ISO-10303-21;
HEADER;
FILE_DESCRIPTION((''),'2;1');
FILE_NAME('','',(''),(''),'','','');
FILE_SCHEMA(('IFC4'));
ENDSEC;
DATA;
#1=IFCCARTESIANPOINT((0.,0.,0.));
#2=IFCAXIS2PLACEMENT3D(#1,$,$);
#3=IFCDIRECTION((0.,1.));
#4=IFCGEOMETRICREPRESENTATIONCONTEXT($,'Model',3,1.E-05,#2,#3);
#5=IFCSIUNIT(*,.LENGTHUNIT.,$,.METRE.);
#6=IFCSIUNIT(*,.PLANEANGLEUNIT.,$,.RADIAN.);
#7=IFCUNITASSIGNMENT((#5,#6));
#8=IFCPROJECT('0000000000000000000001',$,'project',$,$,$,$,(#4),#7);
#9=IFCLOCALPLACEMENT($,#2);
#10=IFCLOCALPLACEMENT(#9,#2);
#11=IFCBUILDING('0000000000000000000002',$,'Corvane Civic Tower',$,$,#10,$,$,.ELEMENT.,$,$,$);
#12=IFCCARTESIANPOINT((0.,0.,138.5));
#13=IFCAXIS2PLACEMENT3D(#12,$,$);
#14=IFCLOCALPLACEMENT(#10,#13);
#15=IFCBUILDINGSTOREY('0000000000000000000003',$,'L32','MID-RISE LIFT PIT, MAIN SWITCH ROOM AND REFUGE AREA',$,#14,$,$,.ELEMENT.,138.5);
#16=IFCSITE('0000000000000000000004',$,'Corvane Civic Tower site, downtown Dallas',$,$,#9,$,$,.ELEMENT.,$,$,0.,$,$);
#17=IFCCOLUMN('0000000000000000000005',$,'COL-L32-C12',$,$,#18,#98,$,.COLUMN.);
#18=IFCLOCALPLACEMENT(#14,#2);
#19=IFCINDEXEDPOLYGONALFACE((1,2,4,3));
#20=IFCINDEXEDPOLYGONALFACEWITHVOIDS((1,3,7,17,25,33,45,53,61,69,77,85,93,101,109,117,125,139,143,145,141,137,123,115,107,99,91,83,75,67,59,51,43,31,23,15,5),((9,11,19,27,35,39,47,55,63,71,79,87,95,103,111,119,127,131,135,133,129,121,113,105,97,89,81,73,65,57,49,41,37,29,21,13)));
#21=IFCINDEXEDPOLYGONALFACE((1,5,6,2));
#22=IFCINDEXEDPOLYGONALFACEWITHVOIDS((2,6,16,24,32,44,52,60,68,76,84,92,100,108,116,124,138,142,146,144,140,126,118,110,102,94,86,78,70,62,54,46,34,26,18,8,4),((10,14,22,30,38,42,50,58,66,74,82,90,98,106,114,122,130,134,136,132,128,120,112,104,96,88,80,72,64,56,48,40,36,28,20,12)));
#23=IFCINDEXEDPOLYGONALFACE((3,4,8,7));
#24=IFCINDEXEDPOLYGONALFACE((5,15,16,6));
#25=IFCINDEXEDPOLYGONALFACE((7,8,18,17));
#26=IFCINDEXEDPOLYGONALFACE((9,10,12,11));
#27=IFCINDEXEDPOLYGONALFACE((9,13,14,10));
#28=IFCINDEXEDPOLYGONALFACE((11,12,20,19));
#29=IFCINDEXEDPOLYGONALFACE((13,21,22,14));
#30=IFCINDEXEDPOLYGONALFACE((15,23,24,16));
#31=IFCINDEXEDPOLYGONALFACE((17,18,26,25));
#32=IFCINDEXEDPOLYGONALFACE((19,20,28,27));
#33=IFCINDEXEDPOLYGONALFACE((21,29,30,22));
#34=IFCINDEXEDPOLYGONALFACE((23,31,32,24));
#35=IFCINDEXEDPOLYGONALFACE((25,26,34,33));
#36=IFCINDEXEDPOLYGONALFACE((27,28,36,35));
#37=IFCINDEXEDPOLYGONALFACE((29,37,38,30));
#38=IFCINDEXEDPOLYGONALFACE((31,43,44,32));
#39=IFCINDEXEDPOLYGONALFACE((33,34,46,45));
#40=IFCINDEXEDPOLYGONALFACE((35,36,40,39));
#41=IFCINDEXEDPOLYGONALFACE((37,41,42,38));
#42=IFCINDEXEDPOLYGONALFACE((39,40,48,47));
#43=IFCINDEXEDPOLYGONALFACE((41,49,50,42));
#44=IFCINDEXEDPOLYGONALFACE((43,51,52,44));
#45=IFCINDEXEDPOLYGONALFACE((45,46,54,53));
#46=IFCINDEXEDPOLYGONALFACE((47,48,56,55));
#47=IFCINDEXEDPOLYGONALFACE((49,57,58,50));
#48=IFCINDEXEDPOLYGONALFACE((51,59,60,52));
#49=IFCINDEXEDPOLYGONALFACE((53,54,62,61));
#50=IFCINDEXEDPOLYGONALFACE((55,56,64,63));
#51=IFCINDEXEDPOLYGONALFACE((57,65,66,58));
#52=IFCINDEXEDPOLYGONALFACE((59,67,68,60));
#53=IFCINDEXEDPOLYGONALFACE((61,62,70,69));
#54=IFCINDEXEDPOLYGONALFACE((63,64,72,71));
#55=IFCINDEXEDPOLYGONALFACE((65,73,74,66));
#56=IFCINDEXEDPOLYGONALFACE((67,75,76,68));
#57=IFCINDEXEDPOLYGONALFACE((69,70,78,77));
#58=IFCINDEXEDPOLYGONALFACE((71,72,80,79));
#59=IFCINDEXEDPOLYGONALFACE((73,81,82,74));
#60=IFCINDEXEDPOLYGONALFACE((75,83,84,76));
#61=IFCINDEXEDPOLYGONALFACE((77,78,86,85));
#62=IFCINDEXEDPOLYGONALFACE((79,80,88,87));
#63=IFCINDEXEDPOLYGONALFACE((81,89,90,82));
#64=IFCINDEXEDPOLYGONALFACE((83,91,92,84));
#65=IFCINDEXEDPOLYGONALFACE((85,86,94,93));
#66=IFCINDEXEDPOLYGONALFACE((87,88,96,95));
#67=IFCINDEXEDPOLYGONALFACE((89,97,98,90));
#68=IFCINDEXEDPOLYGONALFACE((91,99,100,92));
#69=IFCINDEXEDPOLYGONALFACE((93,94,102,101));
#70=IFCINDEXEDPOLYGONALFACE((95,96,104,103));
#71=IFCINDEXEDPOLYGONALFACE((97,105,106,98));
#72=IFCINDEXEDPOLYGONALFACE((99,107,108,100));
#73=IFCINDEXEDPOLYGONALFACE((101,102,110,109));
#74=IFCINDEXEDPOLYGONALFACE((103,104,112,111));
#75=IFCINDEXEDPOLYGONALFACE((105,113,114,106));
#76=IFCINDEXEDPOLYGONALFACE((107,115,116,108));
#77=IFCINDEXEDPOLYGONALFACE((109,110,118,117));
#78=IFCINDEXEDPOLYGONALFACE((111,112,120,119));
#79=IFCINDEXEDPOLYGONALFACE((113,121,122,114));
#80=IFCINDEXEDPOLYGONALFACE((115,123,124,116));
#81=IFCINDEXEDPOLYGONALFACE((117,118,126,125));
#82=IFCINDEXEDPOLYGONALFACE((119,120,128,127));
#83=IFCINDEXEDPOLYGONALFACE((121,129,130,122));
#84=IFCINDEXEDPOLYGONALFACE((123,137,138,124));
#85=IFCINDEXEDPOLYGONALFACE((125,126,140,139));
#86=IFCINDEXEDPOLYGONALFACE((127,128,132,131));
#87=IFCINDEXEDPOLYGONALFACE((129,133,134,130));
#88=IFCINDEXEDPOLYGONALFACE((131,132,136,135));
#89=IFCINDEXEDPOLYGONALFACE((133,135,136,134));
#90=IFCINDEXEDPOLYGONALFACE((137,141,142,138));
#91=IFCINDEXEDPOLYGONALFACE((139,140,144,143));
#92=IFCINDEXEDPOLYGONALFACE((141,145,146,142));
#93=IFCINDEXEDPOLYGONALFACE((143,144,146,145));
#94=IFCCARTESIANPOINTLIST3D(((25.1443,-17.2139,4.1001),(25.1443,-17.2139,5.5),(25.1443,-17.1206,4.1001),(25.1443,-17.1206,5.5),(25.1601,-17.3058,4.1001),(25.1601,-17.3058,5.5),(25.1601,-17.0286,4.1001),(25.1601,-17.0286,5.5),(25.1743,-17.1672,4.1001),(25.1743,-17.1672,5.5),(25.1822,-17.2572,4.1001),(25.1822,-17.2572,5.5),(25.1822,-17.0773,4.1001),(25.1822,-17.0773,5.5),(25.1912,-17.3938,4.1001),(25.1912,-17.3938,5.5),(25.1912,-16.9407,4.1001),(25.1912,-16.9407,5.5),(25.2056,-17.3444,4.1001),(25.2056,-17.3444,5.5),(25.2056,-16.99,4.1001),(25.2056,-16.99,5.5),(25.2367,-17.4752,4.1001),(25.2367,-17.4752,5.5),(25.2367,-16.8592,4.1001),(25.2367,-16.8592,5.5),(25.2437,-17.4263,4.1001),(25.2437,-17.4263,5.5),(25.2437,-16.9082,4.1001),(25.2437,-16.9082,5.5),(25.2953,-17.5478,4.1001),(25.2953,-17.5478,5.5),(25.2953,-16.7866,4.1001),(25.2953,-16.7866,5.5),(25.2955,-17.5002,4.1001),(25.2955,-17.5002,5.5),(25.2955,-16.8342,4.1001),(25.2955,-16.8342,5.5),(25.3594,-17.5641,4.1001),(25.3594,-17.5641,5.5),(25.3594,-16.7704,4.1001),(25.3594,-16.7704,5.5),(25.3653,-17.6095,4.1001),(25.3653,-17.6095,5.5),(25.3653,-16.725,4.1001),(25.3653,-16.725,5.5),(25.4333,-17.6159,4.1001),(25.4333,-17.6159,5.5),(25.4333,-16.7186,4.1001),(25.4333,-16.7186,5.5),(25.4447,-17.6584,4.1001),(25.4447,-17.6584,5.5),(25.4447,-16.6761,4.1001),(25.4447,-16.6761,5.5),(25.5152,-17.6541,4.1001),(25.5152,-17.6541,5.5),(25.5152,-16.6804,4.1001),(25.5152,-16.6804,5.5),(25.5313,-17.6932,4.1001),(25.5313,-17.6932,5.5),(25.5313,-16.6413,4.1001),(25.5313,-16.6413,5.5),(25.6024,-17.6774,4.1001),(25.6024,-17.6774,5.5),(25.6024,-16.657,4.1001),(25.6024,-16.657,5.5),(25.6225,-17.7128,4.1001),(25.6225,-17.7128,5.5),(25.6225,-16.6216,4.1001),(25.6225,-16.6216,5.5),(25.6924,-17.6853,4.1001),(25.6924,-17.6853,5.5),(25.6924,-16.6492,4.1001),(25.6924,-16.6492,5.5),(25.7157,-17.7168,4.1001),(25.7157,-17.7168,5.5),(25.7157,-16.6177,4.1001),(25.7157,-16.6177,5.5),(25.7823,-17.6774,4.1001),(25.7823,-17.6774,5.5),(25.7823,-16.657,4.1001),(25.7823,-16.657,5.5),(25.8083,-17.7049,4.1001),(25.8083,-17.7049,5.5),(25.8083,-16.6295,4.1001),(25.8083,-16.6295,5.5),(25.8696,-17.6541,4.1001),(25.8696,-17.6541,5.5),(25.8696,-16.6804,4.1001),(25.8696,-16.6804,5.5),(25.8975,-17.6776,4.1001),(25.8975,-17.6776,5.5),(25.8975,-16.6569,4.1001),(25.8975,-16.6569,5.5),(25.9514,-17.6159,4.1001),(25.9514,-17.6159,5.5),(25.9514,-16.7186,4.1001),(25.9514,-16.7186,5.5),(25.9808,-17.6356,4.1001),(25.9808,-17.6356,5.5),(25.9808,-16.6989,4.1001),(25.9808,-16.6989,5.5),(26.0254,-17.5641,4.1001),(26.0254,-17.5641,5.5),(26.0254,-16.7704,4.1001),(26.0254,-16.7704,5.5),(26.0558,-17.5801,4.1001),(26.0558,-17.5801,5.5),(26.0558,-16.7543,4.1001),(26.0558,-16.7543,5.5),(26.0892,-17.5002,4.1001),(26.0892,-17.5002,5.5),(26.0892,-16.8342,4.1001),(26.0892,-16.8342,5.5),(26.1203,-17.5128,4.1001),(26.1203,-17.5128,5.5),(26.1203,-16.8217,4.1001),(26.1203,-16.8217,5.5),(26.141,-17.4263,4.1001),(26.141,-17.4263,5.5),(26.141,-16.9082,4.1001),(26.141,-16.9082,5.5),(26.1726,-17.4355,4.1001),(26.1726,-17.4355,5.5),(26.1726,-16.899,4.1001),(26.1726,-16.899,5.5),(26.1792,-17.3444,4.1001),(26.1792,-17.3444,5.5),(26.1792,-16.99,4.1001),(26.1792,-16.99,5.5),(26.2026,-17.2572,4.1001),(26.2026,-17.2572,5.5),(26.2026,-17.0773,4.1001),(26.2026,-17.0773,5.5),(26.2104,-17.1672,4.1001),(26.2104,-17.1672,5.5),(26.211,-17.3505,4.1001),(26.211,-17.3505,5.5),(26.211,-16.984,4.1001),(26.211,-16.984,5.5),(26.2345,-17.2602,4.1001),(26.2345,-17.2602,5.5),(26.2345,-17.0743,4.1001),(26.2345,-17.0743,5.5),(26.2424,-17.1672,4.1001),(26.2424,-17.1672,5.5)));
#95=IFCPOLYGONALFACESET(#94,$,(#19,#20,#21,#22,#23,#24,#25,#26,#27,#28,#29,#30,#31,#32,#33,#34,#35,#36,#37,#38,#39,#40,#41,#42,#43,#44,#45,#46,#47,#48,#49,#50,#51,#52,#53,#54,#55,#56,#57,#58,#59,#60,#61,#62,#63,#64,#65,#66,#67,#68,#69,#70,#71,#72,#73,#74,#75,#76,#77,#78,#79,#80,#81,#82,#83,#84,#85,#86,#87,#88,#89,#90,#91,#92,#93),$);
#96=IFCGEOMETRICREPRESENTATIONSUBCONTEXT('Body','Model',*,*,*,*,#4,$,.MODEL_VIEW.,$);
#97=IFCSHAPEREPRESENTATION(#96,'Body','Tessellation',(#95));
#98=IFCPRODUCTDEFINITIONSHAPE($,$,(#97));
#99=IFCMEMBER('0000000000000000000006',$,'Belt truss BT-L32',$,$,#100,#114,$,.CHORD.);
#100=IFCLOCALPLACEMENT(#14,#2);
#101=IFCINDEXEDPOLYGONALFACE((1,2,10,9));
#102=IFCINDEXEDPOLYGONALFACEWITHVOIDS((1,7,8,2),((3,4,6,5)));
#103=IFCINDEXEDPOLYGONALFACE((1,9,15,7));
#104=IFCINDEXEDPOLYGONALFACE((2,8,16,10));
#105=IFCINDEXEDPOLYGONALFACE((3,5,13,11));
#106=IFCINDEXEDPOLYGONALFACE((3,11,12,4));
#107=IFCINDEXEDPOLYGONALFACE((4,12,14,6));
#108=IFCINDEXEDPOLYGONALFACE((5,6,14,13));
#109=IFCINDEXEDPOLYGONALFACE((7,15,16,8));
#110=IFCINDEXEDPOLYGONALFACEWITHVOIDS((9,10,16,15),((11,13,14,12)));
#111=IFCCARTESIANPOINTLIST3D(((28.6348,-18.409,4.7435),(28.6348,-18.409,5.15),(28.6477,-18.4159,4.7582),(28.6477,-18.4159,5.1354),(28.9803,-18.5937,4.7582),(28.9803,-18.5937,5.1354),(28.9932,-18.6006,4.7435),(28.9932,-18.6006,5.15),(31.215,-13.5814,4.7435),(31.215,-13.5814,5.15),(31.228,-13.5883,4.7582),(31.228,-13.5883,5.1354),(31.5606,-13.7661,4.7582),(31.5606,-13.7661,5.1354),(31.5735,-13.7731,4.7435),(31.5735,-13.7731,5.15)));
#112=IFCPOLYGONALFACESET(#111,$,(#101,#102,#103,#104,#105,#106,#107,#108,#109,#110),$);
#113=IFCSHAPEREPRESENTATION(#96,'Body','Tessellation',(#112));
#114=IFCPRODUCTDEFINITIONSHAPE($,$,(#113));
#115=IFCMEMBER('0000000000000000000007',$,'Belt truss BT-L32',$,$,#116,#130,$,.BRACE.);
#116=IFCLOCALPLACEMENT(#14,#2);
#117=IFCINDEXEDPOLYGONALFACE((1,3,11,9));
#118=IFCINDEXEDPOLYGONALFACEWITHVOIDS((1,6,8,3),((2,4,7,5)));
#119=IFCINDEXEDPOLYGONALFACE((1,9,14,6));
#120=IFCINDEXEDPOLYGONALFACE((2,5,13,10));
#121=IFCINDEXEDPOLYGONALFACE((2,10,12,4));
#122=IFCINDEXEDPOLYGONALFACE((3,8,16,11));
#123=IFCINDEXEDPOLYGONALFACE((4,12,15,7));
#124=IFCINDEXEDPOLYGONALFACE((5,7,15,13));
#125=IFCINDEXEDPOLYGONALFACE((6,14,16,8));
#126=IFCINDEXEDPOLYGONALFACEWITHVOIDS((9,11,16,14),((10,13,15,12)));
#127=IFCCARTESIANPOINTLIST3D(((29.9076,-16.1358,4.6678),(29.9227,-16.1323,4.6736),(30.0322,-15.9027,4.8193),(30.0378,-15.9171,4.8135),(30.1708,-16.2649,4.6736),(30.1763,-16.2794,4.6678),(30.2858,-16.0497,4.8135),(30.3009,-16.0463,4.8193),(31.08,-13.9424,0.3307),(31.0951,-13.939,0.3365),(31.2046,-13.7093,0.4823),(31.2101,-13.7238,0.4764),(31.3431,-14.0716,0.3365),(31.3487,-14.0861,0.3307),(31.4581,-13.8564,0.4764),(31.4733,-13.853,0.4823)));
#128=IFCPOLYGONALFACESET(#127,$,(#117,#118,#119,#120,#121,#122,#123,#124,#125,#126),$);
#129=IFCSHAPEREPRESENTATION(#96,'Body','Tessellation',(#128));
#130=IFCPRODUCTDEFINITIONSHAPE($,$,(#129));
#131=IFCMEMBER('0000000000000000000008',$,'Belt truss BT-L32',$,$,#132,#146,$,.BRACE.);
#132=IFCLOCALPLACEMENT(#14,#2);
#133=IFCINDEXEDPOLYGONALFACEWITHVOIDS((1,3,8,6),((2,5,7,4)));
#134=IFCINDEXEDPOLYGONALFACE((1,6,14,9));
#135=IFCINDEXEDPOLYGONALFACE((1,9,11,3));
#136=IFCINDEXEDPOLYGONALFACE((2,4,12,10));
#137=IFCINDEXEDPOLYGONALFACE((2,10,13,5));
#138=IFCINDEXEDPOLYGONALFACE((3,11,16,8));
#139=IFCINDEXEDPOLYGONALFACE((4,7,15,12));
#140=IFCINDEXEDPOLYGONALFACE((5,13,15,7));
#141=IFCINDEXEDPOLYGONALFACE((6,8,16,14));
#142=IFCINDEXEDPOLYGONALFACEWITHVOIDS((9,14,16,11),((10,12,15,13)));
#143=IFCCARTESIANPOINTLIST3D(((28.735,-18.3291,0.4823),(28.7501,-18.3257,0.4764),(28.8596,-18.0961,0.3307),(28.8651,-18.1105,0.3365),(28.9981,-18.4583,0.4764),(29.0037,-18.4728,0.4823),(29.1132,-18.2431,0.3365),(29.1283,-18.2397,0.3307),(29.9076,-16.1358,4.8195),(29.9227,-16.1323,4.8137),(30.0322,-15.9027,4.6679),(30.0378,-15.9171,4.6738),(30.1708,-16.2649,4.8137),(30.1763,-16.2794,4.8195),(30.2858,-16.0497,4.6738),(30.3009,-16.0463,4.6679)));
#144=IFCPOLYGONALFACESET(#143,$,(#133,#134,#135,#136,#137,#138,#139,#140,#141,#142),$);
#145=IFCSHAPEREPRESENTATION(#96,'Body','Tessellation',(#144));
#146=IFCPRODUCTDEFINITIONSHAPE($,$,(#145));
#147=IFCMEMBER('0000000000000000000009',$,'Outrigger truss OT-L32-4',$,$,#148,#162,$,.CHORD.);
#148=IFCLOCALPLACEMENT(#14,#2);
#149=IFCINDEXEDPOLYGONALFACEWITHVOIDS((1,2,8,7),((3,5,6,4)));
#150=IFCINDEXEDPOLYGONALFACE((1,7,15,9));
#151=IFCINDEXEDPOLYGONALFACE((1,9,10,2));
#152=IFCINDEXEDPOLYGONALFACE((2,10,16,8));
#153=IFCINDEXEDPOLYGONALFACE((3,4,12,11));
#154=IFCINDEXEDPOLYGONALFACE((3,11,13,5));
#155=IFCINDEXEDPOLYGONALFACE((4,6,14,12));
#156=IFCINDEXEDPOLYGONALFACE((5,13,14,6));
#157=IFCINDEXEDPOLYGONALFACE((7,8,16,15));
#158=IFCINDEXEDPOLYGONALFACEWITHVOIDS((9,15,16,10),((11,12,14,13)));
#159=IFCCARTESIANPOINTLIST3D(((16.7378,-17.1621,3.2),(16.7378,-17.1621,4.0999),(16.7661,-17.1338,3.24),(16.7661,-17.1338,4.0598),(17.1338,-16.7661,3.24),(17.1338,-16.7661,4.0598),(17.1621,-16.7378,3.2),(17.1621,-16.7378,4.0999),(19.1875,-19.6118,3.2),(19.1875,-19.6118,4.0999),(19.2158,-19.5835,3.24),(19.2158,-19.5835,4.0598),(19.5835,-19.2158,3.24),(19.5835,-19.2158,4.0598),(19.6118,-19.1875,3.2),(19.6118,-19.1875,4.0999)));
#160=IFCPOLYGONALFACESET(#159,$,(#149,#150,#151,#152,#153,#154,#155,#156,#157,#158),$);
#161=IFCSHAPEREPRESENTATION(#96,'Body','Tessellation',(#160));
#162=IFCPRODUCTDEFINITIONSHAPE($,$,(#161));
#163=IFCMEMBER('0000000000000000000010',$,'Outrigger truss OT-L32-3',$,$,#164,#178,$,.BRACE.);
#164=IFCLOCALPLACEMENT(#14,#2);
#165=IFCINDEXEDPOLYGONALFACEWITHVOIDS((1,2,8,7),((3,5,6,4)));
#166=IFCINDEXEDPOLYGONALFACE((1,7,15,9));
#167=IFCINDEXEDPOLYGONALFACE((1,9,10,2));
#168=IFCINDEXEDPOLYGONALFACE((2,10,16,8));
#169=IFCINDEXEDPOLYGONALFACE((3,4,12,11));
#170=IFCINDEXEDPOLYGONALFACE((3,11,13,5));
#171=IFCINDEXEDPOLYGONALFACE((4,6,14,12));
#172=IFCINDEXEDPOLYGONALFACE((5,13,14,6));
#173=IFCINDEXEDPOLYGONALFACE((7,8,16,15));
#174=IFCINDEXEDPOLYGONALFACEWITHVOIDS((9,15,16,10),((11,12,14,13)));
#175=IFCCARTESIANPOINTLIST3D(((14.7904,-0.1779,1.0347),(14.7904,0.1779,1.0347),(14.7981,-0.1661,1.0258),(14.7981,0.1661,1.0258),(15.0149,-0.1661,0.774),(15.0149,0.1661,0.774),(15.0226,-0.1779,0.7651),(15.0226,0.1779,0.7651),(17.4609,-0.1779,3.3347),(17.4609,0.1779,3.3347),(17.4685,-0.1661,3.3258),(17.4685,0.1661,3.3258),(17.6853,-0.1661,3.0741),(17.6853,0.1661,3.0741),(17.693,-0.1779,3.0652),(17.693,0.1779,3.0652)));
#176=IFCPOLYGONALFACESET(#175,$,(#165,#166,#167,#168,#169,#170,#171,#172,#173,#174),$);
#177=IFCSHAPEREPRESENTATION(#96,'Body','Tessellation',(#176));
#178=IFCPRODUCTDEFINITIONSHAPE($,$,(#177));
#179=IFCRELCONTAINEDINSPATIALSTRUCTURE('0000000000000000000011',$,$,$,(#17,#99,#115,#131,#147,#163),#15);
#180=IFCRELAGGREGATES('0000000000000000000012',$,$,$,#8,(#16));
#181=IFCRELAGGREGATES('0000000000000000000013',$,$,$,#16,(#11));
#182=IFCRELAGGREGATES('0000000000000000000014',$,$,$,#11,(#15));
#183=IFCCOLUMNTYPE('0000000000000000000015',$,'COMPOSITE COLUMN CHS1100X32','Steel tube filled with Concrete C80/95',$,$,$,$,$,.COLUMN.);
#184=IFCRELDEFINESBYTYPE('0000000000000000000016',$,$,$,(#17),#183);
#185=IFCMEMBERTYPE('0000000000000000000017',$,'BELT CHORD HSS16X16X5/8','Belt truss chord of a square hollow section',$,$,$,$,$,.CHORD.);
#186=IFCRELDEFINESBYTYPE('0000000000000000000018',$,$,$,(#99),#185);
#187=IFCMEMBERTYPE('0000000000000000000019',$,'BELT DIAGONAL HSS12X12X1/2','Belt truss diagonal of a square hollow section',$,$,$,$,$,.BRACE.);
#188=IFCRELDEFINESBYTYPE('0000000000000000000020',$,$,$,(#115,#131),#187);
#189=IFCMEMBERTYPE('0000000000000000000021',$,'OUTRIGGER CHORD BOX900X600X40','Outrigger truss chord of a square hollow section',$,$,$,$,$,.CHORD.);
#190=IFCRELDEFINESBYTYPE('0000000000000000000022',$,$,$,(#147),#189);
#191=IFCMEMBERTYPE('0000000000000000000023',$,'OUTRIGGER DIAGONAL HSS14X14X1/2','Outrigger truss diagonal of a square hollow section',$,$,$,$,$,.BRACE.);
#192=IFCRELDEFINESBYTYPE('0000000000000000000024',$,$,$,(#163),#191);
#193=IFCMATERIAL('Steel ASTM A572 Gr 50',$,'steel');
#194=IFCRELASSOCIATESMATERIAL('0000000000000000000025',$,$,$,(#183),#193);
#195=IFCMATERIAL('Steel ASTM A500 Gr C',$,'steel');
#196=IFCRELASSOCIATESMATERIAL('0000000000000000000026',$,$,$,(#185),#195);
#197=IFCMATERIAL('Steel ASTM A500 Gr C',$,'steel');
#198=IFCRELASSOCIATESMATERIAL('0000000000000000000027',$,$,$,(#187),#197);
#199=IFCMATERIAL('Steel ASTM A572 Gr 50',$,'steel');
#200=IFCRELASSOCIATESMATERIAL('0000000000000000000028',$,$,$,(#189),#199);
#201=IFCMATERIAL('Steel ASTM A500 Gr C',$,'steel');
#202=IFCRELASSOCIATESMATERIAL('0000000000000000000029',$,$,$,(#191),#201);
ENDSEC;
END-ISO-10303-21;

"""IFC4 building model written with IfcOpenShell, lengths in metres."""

from ifc_helpers import new_model, si_unit, direction, frame, origin, origin_2d, place, context, subcontext, project, spatial, hollow_rectangle, hollow_circle, extrude, material, material_profile, profile_set, type_object, element, save


model = new_model("IFC4")

# Units and contexts
model_context = context("Model", 3, precision=1e-05, world=origin(), true_north=direction((0.0, 1.0)))
body_context = subcontext(model_context, "Body", "Model", "MODEL_VIEW")
ifc_project = project(units=[si_unit("LENGTHUNIT", "METRE"), si_unit("PLANEANGLEUNIT", "RADIAN")], contexts=[model_context])

# Site, building, storey
site_placement = place(None, origin())
site = spatial("IfcSite", under=ifc_project, at=site_placement, Name="Corvane Civic Tower site, downtown Dallas", CompositionType="ELEMENT", RefElevation=0.0)
building_placement = place(site_placement, origin())
building = spatial("IfcBuilding", under=site, at=building_placement, Name="Corvane Civic Tower", CompositionType="ELEMENT")
storey_placement = place(building_placement, frame((0.0, 0.0, 138.5)))
storey = spatial("IfcBuildingStorey", under=building, at=storey_placement, Name="L32", Description="MID-RISE LIFT PIT, MAIN SWITCH ROOM AND REFUGE AREA", CompositionType="ELEMENT", Elevation=138.5)

# Column
ifc_material_1 = material(Name="Steel ASTM A572 Gr 50", Category="steel")
ifc_material_profile_1 = material_profile(ifc_material_1, hollow_circle(Radius=0.55, WallThickness=0.032, at=origin_2d()), Name="CHS1100X32")
ifc_profile_set_1 = profile_set([ifc_material_profile_1], Name="Steel ASTM A572 Gr 50")
column_type = type_object("IfcColumnType", Name="COMPOSITE COLUMN CHS1100X32", Description="Steel tube filled with Concrete C80/95", PredefinedType="COLUMN", material=ifc_profile_set_1)
for number, where, z_axis, x_axis, name in (
    (1, (25.6924, -17.1672, 4.1001), (0.0, 0.0, 1.0), (1.0, 0.0, 0.0), "COL-L32-C12"),
):
    element("IfcColumn", number, at=place(storey_placement, frame(where, z_axis=z_axis, x_axis=x_axis)), inside=storey, type_object=column_type, Name=name, PredefinedType="COLUMN", context=body_context, shape_type="SweptSolid", body=[
        extrude(hollow_circle(Radius=0.55, WallThickness=0.032, at=origin_2d()), origin(), (0.0, 0.0, 1.0), 1.3999),
    ])

# Members
ifc_material_2 = material(Name="Steel ASTM A500 Gr C", Category="steel")
ifc_material_profile_2 = material_profile(ifc_material_2, hollow_rectangle(XDim=0.4065, YDim=0.4065, WallThickness=0.0146, at=origin_2d()), Name="HSS16X16X5/8")
ifc_profile_set_2 = profile_set([ifc_material_profile_2], Name="Steel ASTM A500 Gr C")
member_type_1 = type_object("IfcMemberType", Name="BELT CHORD HSS16X16X5/8", Description="Belt truss chord of a square hollow section", PredefinedType="CHORD", material=ifc_profile_set_2)
member_1_placement = place(storey_placement, frame((31.3943, -13.6772, 4.9468), z_axis=(-0.471382, -0.881929, 0.0), x_axis=(0.881929, -0.471382, 0.0)))
element("IfcMember", 2, at=member_1_placement, inside=storey, type_object=member_type_1, Name="Belt truss BT-L32", PredefinedType="CHORD", context=body_context, shape_type="SweptSolid", body=[
    extrude(hollow_rectangle(XDim=0.4065, YDim=0.4065, WallThickness=0.0146, at=origin_2d()), origin(), (0.0, 0.0, 1.0), 5.4739),
])
ifc_material_3 = material(Name="Steel ASTM A500 Gr C", Category="steel")
ifc_material_profile_3 = material_profile(ifc_material_3, hollow_rectangle(XDim=0.3047, YDim=0.3047, WallThickness=0.0117, at=origin_2d()), Name="HSS12X12X1/2")
ifc_profile_set_3 = profile_set([ifc_material_profile_3], Name="Steel ASTM A500 Gr C")
member_type_2 = type_object("IfcMemberType", Name="BELT DIAGONAL HSS12X12X1/2", Description="Belt truss diagonal of a square hollow section", PredefinedType="BRACE", material=ifc_profile_set_3)
member_2_placement = place(storey_placement, frame((31.2766, -13.8977, 0.4065), z_axis=(-0.23449, -0.438705, 0.867498), x_axis=(0.881923, -0.471393, 0.0)))
element("IfcMember", 3, at=member_2_placement, inside=storey, type_object=member_type_2, Name="Belt truss BT-L32", PredefinedType="BRACE", context=body_context, shape_type="SweptSolid", body=[
    extrude(hollow_rectangle(XDim=0.3047, YDim=0.3047, WallThickness=0.0117, at=origin_2d()), origin(), (0.0, 0.0, 1.0), 4.9995),
])
member_3_placement = place(storey_placement, frame((28.9316, -18.2844, 0.4065), z_axis=(0.234537, 0.4387, 0.867488), x_axis=(-0.881882, 0.471469, 0.0)))
element("IfcMember", 4, at=member_3_placement, inside=storey, type_object=member_type_2, Name="Belt truss BT-L32", PredefinedType="BRACE", context=body_context, shape_type="SweptSolid", body=[
    extrude(hollow_rectangle(XDim=0.3047, YDim=0.3047, WallThickness=0.0117, at=origin_2d()), origin(), (0.0, 0.0, 1.0), 4.9998),
])
ifc_material_4 = material(Name="Steel ASTM A572 Gr 50", Category="steel")
ifc_material_profile_4 = material_profile(ifc_material_4, hollow_rectangle(XDim=0.6001, YDim=0.8999, WallThickness=0.04, at=origin_2d()), Name="BOX900X600X40")
ifc_profile_set_4 = profile_set([ifc_material_profile_4], Name="Steel ASTM A572 Gr 50")
member_type_3 = type_object("IfcMemberType", Name="OUTRIGGER CHORD BOX900X600X40", Description="Outrigger truss chord of a square hollow section", PredefinedType="CHORD", material=ifc_profile_set_4)
member_4_placement = place(storey_placement, frame((16.95, -16.95, 3.6499), z_axis=(0.707107, -0.707107, 0.0), x_axis=(0.707107, 0.707107, 0.0)))
element("IfcMember", 5, at=member_4_placement, inside=storey, type_object=member_type_3, Name="Outrigger truss OT-L32-4", PredefinedType="CHORD", context=body_context, shape_type="SweptSolid", body=[
    extrude(hollow_rectangle(XDim=0.6001, YDim=0.8999, WallThickness=0.04, at=origin_2d()), origin(), (0.0, 0.0, 1.0), 3.4644),
])
ifc_material_5 = material(Name="Steel ASTM A500 Gr C", Category="steel")
ifc_material_profile_5 = material_profile(ifc_material_5, hollow_rectangle(XDim=0.3557, YDim=0.3557, WallThickness=0.0117, at=origin_2d()), Name="HSS14X14X1/2")
ifc_profile_set_5 = profile_set([ifc_material_profile_5], Name="Steel ASTM A500 Gr C")
member_type_4 = type_object("IfcMemberType", Name="OUTRIGGER DIAGONAL HSS14X14X1/2", Description="Outrigger truss diagonal of a square hollow section", PredefinedType="BRACE", material=ifc_profile_set_5)
member_5_placement = place(storey_placement, frame((14.9065, 0.0, 0.8999), z_axis=(0.757695, 0.0, 0.652609), x_axis=(0.0, 1.0, 0.0)))
element("IfcMember", 6, at=member_5_placement, inside=storey, type_object=member_type_4, Name="Outrigger truss OT-L32-3", PredefinedType="BRACE", context=body_context, shape_type="SweptSolid", body=[
    extrude(hollow_rectangle(XDim=0.3557, YDim=0.3557, WallThickness=0.0117, at=origin_2d()), origin(), (0.0, 0.0, 1.0), 3.5244),
])

save(model, "model.ifc")
